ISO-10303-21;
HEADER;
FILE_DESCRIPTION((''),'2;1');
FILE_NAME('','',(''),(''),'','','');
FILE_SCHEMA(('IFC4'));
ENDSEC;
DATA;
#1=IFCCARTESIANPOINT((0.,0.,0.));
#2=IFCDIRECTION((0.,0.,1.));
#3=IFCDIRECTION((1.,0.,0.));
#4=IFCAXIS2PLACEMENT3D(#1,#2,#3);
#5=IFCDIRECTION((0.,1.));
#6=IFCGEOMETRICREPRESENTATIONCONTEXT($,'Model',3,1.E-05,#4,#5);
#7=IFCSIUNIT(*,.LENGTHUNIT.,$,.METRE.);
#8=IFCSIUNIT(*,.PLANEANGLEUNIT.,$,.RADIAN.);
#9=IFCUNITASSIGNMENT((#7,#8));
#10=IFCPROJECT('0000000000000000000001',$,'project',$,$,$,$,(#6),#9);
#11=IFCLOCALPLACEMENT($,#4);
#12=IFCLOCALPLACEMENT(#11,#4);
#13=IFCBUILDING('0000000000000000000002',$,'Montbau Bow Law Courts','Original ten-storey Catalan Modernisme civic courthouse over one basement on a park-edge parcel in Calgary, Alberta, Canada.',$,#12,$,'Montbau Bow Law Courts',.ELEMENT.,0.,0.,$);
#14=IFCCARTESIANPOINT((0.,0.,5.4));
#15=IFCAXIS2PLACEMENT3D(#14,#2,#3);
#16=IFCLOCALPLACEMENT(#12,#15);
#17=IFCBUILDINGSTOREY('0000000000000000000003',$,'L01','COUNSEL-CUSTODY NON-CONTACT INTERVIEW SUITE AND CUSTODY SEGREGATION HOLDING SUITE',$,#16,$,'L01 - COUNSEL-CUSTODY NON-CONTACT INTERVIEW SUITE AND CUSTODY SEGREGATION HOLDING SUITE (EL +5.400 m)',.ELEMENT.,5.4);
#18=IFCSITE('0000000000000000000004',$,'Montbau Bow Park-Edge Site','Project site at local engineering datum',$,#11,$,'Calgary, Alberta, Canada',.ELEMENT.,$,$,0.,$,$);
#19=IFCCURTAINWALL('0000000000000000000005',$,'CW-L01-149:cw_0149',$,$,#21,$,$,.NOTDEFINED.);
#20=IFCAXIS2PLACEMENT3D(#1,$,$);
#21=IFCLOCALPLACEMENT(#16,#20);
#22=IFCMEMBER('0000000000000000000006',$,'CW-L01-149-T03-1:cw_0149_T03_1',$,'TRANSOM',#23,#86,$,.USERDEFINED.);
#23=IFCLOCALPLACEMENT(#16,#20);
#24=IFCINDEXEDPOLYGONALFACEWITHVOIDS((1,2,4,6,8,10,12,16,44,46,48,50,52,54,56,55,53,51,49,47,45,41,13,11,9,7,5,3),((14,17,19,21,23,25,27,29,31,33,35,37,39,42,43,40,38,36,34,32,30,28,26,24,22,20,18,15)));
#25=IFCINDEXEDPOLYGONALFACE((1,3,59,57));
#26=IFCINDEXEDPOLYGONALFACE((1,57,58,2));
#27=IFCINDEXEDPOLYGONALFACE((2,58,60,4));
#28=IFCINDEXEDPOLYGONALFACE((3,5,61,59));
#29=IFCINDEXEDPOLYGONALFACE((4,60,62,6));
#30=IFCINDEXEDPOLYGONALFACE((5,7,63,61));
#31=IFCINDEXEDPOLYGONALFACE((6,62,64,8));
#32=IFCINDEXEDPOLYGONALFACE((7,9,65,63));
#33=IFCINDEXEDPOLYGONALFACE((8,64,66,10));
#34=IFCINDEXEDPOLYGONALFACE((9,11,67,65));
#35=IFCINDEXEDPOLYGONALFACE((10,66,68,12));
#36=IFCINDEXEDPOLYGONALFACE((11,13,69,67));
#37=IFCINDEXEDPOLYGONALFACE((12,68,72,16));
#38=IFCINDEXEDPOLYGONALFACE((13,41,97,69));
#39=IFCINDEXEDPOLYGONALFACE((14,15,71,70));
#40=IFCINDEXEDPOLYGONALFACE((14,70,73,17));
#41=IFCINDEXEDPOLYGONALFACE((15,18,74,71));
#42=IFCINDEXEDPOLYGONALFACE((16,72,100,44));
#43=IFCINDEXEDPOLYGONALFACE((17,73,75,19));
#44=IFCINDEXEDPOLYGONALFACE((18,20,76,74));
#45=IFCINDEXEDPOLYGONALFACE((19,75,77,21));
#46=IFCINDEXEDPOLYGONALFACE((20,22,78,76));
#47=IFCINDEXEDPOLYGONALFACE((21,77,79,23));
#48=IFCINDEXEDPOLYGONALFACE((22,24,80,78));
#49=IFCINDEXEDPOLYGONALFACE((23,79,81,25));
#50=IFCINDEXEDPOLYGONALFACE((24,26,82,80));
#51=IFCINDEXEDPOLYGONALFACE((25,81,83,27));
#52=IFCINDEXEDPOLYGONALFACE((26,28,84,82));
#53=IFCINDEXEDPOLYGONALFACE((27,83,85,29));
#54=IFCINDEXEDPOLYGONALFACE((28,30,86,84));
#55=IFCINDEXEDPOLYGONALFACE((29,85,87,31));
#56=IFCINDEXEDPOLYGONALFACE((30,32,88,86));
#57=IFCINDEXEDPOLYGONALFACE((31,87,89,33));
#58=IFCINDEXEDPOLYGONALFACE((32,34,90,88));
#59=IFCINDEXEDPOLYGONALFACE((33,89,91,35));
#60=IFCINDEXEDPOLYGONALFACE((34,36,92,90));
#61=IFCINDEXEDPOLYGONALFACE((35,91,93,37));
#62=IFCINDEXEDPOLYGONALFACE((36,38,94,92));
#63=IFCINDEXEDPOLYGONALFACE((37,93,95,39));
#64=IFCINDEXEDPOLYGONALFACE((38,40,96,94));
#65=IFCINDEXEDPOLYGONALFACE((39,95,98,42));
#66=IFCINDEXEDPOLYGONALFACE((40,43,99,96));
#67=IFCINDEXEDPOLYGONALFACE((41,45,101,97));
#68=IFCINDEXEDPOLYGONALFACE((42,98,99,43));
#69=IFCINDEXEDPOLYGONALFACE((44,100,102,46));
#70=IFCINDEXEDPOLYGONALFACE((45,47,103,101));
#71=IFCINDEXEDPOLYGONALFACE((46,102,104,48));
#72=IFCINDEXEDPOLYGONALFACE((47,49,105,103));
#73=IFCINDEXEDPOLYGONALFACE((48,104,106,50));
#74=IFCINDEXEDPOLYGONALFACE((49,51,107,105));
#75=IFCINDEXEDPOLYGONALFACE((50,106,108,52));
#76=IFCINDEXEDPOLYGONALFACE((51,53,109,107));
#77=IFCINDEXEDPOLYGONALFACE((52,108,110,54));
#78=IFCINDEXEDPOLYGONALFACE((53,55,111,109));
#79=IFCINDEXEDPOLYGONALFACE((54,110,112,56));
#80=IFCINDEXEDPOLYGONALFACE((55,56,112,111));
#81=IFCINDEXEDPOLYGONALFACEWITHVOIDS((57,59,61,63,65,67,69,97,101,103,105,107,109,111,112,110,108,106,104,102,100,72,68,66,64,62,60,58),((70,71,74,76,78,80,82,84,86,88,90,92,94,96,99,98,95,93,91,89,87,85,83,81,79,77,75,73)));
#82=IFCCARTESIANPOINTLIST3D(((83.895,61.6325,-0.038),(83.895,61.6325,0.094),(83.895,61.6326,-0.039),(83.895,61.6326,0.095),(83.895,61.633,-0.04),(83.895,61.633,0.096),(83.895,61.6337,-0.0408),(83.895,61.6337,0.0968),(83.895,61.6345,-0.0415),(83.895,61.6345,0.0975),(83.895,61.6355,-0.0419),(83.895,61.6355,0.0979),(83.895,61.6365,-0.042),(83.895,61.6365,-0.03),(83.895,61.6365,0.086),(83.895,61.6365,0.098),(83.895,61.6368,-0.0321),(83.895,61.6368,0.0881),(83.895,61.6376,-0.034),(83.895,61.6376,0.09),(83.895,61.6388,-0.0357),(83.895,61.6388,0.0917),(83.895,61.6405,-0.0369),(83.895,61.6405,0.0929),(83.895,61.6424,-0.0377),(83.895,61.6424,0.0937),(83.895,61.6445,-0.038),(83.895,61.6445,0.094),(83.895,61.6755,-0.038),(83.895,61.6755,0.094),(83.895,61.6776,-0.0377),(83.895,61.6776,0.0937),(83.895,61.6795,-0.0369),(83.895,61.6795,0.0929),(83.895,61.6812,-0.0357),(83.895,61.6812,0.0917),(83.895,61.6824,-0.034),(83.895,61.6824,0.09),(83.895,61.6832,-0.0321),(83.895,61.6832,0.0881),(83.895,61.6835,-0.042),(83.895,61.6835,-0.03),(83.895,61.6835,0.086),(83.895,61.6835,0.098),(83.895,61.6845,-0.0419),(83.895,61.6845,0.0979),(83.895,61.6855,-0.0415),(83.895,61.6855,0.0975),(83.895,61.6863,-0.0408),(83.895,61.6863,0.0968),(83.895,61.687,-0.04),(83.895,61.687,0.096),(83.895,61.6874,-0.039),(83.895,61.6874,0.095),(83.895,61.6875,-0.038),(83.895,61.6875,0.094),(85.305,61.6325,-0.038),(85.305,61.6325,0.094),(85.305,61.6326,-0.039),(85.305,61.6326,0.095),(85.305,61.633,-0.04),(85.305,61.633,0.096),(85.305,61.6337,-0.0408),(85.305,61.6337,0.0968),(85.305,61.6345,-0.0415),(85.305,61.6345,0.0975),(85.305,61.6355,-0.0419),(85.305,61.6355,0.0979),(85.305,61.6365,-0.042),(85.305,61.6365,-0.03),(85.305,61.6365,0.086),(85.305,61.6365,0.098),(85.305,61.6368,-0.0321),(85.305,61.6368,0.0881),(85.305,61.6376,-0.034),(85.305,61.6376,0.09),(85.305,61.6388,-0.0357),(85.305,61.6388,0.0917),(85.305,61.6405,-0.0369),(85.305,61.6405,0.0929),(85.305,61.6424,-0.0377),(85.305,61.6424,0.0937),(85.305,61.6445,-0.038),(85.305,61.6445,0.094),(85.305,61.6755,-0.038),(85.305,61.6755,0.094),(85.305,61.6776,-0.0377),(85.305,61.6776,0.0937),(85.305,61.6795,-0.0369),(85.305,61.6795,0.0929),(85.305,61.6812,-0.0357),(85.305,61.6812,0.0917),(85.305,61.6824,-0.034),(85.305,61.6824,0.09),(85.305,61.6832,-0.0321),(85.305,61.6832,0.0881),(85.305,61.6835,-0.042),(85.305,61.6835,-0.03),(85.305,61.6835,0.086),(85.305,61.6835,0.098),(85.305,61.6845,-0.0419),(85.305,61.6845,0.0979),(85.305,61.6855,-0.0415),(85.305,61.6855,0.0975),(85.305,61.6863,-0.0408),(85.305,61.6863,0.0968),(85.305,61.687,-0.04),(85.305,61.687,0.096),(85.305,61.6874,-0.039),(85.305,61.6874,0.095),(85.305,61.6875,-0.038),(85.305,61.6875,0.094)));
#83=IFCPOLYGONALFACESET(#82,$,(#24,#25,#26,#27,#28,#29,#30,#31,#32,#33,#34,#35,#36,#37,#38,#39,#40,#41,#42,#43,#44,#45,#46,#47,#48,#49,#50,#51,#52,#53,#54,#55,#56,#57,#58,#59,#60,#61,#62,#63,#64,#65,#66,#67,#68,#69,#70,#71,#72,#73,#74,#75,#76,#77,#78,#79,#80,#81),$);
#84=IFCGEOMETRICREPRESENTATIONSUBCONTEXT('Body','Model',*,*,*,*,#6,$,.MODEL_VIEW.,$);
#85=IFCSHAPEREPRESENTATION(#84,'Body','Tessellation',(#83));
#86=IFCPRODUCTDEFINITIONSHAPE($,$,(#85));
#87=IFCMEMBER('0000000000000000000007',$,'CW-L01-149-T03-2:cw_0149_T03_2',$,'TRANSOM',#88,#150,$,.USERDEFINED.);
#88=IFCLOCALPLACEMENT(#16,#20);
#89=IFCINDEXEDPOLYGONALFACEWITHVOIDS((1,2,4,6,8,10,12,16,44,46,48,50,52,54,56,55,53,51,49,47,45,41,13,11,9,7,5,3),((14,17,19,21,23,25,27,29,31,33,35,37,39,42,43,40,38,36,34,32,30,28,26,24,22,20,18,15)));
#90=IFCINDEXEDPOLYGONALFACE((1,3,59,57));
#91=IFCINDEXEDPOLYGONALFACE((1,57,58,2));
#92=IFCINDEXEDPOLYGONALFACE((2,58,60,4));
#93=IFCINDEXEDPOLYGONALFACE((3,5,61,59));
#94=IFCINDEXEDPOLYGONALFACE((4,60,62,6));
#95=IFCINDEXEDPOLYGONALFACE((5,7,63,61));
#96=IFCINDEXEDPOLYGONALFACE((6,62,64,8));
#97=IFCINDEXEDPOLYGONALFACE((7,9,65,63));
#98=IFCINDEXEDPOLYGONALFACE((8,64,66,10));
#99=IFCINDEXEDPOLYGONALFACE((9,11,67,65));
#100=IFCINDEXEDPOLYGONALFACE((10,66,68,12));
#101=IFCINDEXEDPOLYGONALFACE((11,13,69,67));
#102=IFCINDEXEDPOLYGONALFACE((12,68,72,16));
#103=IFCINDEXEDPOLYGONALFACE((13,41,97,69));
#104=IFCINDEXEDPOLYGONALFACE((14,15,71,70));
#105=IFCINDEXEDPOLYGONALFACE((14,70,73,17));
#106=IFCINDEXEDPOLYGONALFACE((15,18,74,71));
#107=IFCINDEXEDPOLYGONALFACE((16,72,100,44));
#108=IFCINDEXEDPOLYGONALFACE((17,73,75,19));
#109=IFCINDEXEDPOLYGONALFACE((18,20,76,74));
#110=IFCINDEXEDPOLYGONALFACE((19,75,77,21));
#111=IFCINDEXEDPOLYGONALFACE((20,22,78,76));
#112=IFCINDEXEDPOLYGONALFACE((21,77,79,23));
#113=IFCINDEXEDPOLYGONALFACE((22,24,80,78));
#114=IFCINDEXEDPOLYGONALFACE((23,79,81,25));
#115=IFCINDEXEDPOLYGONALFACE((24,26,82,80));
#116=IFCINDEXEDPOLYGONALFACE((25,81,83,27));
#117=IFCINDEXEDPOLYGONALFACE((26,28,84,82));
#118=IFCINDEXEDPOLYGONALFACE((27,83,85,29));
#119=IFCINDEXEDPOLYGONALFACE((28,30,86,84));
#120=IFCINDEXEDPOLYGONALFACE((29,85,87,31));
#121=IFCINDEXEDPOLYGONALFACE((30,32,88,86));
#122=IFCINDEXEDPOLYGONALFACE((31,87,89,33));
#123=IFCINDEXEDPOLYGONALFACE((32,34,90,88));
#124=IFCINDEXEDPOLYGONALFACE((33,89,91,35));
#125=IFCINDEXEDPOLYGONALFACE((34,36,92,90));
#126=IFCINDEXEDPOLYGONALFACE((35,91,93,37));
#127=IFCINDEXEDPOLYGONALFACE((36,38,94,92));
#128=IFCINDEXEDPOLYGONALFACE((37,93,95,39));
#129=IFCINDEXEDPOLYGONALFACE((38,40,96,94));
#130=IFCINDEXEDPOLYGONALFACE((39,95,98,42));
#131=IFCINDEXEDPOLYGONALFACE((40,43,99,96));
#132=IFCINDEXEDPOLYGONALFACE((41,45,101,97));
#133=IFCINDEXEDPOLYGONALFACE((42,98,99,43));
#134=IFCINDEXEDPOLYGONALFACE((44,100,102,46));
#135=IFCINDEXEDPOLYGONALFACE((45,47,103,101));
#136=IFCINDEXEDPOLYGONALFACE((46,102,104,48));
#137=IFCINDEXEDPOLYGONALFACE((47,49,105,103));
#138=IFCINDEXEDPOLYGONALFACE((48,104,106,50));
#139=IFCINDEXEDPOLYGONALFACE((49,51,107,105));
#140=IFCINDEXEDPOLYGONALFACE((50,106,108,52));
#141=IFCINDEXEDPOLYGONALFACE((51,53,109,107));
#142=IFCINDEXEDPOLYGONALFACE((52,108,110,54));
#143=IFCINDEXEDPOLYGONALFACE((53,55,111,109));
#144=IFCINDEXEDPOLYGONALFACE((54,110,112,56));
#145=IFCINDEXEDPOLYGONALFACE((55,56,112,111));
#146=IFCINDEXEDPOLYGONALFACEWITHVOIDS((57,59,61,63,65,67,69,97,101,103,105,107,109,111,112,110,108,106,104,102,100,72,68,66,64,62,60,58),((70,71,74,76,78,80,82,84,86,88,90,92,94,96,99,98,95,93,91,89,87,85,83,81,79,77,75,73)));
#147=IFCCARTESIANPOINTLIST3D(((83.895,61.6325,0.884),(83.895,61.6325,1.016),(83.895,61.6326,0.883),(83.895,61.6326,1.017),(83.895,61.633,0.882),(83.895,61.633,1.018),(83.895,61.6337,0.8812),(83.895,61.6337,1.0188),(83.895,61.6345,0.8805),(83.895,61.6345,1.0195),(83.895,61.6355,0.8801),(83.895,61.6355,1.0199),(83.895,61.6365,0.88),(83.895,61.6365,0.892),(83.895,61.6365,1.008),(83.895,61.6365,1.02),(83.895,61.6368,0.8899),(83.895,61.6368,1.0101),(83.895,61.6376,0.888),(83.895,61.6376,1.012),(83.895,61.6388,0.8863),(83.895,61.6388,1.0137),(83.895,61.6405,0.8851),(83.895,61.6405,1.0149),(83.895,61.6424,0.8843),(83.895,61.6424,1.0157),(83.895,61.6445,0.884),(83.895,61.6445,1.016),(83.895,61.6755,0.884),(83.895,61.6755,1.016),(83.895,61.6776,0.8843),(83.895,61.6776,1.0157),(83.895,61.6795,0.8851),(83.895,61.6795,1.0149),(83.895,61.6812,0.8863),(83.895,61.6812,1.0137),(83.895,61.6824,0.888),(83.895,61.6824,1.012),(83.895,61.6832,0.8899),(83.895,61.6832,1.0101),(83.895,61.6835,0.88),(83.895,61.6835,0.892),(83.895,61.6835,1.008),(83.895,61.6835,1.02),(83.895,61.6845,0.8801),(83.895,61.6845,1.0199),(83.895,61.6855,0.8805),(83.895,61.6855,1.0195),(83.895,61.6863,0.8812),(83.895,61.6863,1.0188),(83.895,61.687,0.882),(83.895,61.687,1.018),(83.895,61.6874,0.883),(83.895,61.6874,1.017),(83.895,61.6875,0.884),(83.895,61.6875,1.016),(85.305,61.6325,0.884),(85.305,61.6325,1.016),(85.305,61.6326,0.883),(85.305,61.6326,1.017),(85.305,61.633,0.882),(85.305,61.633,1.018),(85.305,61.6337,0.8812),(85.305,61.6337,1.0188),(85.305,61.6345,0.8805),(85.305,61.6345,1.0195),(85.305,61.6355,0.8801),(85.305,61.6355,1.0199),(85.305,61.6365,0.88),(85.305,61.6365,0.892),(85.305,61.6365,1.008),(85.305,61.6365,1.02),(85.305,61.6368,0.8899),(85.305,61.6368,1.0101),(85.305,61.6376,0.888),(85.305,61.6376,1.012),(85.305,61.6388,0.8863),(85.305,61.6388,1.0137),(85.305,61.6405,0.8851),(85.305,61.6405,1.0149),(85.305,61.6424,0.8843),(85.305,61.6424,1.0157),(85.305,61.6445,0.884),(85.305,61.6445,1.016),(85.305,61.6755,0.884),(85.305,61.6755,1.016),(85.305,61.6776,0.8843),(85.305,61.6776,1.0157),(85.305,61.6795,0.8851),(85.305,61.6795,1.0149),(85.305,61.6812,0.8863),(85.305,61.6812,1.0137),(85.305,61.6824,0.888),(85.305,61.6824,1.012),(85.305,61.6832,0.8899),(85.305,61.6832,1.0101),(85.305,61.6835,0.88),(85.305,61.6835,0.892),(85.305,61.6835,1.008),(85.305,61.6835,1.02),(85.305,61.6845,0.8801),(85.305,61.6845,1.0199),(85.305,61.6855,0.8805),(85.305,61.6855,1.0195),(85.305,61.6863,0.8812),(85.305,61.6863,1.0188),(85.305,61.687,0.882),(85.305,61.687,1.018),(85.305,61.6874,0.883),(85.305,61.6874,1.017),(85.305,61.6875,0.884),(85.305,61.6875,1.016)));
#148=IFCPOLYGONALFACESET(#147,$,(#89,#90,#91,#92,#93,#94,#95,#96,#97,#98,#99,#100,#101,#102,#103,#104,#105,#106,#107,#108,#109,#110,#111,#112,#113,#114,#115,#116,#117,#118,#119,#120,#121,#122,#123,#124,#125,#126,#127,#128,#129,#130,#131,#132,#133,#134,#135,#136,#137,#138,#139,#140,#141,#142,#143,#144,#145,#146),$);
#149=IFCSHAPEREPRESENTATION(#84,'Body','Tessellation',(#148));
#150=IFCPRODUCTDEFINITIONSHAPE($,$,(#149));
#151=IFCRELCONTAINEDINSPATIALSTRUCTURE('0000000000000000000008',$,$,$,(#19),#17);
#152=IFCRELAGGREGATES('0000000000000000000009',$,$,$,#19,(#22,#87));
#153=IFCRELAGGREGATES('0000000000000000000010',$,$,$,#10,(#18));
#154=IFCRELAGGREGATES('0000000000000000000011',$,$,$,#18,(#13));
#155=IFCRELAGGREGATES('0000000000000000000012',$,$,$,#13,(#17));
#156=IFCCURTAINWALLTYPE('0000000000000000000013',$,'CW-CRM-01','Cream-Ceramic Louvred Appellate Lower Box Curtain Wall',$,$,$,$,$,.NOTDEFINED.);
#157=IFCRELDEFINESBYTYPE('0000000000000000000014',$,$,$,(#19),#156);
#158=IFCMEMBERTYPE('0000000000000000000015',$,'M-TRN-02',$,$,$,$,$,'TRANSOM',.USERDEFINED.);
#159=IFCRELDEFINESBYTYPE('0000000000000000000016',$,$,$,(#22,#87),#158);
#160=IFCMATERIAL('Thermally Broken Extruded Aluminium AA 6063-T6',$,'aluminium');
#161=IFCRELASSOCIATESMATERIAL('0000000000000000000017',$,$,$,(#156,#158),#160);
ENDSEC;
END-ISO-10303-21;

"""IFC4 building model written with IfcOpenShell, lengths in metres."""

from ifc_helpers import new_model, si_unit, direction, frame, origin_with_axes, origin_2d_with_axis, place, context, subcontext, project, spatial, hollow_rectangle, extrude, material, material_profile, profile_set, type_object, element, aggregate, save


model = new_model("IFC4")

# Units and contexts
model_context = context("Model", 3, precision=1e-05, world=origin_with_axes(), true_north=direction((0.0, 1.0)))
body_context = subcontext(model_context, "Body", "Model", "MODEL_VIEW")
ifc_project = project(units=[si_unit("LENGTHUNIT", "METRE"), si_unit("PLANEANGLEUNIT", "RADIAN")], contexts=[model_context])

# Site, building, storey
site_placement = place(None, origin_with_axes())
site = spatial("IfcSite", under=ifc_project, at=site_placement, Name="Montbau Bow Park-Edge Site", Description="Project site at local engineering datum", LongName="Calgary, Alberta, Canada", CompositionType="ELEMENT", RefElevation=0.0)
building_placement = place(site_placement, origin_with_axes())
building = spatial("IfcBuilding", under=site, at=building_placement, Name="Montbau Bow Law Courts", Description="Original ten-storey Catalan Modernisme civic courthouse over one basement on a park-edge parcel in Calgary, Alberta, Canada.", LongName="Montbau Bow Law Courts", CompositionType="ELEMENT", ElevationOfRefHeight=0.0, ElevationOfTerrain=0.0)
storey_placement = place(building_placement, frame((0.0, 0.0, 5.4), z_axis=(0.0, 0.0, 1.0), x_axis=(1.0, 0.0, 0.0)))
storey = spatial("IfcBuildingStorey", under=building, at=storey_placement, Name="L01", Description="COUNSEL-CUSTODY NON-CONTACT INTERVIEW SUITE AND CUSTODY SEGREGATION HOLDING SUITE", LongName="L01 - COUNSEL-CUSTODY NON-CONTACT INTERVIEW SUITE AND CUSTODY SEGREGATION HOLDING SUITE (EL +5.400 m)", CompositionType="ELEMENT", Elevation=5.4)

# Curtain wall, members
ifc_material_1 = material(Name="Thermally Broken Extruded Aluminium AA 6063-T6", Category="aluminium")
curtain_wall_type = type_object("IfcCurtainWallType", Name="CW-CRM-01", Description="Cream-Ceramic Louvred Appellate Lower Box Curtain Wall", PredefinedType="NOTDEFINED", material=ifc_material_1)
curtain_wall_placement = place(None, frame((80.915, 61.66, 5.4), z_axis=(0.0, 0.0, 1.0), x_axis=(1.0, 0.0, 0.0)))
curtain_wall = element("IfcCurtainWall", 1, at=curtain_wall_placement, inside=storey, type_object=curtain_wall_type, Name="CW-L01-149:cw_0149", PredefinedType="NOTDEFINED")
ifc_material_profile_1 = material_profile(ifc_material_1, hollow_rectangle(XDim=0.055, YDim=0.14, WallThickness=0.004, InnerFilletRadius=0.008, OuterFilletRadius=0.004, at=origin_2d_with_axis()), Name="CWT-140X55", Category="Main", Priority=0)
ifc_profile_set_1 = profile_set([ifc_material_profile_1], Name="Thermally Broken Extruded Aluminium AA 6063-T6")
member_type_1 = type_object("IfcMemberType", Name="M-TRN-02", ElementType="TRANSOM", PredefinedType="USERDEFINED", material=ifc_profile_set_1)
member_1_placement = place(None, frame((83.895, 61.66, 5.428), z_axis=(1.0, 0.0, 0.0), x_axis=(0.0, 1.0, 0.0)))
member_1 = element("IfcMember", 2, at=member_1_placement, type_object=member_type_1, Name="CW-L01-149-T03-1:cw_0149_T03_1", ObjectType="TRANSOM", PredefinedType="USERDEFINED", context=body_context, shape_type="SweptSolid", body=[
    extrude(hollow_rectangle(XDim=0.055, YDim=0.14, WallThickness=0.004, InnerFilletRadius=0.008, OuterFilletRadius=0.004, at=origin_2d_with_axis()), origin_with_axes(), (0.0, 0.0, 1.0), 1.41),
])
member_2_placement = place(None, frame((83.895, 61.66, 6.35), z_axis=(1.0, 0.0, 0.0), x_axis=(0.0, 1.0, 0.0)))
member_2 = element("IfcMember", 3, at=member_2_placement, type_object=member_type_1, Name="CW-L01-149-T03-2:cw_0149_T03_2", ObjectType="TRANSOM", PredefinedType="USERDEFINED", context=body_context, shape_type="SweptSolid", body=[
    extrude(hollow_rectangle(XDim=0.055, YDim=0.14, WallThickness=0.004, InnerFilletRadius=0.008, OuterFilletRadius=0.004, at=origin_2d_with_axis()), origin_with_axes(), (0.0, 0.0, 1.0), 1.41),
])
aggregate(curtain_wall, [member_1, member_2])

save(model, "model.ifc")
